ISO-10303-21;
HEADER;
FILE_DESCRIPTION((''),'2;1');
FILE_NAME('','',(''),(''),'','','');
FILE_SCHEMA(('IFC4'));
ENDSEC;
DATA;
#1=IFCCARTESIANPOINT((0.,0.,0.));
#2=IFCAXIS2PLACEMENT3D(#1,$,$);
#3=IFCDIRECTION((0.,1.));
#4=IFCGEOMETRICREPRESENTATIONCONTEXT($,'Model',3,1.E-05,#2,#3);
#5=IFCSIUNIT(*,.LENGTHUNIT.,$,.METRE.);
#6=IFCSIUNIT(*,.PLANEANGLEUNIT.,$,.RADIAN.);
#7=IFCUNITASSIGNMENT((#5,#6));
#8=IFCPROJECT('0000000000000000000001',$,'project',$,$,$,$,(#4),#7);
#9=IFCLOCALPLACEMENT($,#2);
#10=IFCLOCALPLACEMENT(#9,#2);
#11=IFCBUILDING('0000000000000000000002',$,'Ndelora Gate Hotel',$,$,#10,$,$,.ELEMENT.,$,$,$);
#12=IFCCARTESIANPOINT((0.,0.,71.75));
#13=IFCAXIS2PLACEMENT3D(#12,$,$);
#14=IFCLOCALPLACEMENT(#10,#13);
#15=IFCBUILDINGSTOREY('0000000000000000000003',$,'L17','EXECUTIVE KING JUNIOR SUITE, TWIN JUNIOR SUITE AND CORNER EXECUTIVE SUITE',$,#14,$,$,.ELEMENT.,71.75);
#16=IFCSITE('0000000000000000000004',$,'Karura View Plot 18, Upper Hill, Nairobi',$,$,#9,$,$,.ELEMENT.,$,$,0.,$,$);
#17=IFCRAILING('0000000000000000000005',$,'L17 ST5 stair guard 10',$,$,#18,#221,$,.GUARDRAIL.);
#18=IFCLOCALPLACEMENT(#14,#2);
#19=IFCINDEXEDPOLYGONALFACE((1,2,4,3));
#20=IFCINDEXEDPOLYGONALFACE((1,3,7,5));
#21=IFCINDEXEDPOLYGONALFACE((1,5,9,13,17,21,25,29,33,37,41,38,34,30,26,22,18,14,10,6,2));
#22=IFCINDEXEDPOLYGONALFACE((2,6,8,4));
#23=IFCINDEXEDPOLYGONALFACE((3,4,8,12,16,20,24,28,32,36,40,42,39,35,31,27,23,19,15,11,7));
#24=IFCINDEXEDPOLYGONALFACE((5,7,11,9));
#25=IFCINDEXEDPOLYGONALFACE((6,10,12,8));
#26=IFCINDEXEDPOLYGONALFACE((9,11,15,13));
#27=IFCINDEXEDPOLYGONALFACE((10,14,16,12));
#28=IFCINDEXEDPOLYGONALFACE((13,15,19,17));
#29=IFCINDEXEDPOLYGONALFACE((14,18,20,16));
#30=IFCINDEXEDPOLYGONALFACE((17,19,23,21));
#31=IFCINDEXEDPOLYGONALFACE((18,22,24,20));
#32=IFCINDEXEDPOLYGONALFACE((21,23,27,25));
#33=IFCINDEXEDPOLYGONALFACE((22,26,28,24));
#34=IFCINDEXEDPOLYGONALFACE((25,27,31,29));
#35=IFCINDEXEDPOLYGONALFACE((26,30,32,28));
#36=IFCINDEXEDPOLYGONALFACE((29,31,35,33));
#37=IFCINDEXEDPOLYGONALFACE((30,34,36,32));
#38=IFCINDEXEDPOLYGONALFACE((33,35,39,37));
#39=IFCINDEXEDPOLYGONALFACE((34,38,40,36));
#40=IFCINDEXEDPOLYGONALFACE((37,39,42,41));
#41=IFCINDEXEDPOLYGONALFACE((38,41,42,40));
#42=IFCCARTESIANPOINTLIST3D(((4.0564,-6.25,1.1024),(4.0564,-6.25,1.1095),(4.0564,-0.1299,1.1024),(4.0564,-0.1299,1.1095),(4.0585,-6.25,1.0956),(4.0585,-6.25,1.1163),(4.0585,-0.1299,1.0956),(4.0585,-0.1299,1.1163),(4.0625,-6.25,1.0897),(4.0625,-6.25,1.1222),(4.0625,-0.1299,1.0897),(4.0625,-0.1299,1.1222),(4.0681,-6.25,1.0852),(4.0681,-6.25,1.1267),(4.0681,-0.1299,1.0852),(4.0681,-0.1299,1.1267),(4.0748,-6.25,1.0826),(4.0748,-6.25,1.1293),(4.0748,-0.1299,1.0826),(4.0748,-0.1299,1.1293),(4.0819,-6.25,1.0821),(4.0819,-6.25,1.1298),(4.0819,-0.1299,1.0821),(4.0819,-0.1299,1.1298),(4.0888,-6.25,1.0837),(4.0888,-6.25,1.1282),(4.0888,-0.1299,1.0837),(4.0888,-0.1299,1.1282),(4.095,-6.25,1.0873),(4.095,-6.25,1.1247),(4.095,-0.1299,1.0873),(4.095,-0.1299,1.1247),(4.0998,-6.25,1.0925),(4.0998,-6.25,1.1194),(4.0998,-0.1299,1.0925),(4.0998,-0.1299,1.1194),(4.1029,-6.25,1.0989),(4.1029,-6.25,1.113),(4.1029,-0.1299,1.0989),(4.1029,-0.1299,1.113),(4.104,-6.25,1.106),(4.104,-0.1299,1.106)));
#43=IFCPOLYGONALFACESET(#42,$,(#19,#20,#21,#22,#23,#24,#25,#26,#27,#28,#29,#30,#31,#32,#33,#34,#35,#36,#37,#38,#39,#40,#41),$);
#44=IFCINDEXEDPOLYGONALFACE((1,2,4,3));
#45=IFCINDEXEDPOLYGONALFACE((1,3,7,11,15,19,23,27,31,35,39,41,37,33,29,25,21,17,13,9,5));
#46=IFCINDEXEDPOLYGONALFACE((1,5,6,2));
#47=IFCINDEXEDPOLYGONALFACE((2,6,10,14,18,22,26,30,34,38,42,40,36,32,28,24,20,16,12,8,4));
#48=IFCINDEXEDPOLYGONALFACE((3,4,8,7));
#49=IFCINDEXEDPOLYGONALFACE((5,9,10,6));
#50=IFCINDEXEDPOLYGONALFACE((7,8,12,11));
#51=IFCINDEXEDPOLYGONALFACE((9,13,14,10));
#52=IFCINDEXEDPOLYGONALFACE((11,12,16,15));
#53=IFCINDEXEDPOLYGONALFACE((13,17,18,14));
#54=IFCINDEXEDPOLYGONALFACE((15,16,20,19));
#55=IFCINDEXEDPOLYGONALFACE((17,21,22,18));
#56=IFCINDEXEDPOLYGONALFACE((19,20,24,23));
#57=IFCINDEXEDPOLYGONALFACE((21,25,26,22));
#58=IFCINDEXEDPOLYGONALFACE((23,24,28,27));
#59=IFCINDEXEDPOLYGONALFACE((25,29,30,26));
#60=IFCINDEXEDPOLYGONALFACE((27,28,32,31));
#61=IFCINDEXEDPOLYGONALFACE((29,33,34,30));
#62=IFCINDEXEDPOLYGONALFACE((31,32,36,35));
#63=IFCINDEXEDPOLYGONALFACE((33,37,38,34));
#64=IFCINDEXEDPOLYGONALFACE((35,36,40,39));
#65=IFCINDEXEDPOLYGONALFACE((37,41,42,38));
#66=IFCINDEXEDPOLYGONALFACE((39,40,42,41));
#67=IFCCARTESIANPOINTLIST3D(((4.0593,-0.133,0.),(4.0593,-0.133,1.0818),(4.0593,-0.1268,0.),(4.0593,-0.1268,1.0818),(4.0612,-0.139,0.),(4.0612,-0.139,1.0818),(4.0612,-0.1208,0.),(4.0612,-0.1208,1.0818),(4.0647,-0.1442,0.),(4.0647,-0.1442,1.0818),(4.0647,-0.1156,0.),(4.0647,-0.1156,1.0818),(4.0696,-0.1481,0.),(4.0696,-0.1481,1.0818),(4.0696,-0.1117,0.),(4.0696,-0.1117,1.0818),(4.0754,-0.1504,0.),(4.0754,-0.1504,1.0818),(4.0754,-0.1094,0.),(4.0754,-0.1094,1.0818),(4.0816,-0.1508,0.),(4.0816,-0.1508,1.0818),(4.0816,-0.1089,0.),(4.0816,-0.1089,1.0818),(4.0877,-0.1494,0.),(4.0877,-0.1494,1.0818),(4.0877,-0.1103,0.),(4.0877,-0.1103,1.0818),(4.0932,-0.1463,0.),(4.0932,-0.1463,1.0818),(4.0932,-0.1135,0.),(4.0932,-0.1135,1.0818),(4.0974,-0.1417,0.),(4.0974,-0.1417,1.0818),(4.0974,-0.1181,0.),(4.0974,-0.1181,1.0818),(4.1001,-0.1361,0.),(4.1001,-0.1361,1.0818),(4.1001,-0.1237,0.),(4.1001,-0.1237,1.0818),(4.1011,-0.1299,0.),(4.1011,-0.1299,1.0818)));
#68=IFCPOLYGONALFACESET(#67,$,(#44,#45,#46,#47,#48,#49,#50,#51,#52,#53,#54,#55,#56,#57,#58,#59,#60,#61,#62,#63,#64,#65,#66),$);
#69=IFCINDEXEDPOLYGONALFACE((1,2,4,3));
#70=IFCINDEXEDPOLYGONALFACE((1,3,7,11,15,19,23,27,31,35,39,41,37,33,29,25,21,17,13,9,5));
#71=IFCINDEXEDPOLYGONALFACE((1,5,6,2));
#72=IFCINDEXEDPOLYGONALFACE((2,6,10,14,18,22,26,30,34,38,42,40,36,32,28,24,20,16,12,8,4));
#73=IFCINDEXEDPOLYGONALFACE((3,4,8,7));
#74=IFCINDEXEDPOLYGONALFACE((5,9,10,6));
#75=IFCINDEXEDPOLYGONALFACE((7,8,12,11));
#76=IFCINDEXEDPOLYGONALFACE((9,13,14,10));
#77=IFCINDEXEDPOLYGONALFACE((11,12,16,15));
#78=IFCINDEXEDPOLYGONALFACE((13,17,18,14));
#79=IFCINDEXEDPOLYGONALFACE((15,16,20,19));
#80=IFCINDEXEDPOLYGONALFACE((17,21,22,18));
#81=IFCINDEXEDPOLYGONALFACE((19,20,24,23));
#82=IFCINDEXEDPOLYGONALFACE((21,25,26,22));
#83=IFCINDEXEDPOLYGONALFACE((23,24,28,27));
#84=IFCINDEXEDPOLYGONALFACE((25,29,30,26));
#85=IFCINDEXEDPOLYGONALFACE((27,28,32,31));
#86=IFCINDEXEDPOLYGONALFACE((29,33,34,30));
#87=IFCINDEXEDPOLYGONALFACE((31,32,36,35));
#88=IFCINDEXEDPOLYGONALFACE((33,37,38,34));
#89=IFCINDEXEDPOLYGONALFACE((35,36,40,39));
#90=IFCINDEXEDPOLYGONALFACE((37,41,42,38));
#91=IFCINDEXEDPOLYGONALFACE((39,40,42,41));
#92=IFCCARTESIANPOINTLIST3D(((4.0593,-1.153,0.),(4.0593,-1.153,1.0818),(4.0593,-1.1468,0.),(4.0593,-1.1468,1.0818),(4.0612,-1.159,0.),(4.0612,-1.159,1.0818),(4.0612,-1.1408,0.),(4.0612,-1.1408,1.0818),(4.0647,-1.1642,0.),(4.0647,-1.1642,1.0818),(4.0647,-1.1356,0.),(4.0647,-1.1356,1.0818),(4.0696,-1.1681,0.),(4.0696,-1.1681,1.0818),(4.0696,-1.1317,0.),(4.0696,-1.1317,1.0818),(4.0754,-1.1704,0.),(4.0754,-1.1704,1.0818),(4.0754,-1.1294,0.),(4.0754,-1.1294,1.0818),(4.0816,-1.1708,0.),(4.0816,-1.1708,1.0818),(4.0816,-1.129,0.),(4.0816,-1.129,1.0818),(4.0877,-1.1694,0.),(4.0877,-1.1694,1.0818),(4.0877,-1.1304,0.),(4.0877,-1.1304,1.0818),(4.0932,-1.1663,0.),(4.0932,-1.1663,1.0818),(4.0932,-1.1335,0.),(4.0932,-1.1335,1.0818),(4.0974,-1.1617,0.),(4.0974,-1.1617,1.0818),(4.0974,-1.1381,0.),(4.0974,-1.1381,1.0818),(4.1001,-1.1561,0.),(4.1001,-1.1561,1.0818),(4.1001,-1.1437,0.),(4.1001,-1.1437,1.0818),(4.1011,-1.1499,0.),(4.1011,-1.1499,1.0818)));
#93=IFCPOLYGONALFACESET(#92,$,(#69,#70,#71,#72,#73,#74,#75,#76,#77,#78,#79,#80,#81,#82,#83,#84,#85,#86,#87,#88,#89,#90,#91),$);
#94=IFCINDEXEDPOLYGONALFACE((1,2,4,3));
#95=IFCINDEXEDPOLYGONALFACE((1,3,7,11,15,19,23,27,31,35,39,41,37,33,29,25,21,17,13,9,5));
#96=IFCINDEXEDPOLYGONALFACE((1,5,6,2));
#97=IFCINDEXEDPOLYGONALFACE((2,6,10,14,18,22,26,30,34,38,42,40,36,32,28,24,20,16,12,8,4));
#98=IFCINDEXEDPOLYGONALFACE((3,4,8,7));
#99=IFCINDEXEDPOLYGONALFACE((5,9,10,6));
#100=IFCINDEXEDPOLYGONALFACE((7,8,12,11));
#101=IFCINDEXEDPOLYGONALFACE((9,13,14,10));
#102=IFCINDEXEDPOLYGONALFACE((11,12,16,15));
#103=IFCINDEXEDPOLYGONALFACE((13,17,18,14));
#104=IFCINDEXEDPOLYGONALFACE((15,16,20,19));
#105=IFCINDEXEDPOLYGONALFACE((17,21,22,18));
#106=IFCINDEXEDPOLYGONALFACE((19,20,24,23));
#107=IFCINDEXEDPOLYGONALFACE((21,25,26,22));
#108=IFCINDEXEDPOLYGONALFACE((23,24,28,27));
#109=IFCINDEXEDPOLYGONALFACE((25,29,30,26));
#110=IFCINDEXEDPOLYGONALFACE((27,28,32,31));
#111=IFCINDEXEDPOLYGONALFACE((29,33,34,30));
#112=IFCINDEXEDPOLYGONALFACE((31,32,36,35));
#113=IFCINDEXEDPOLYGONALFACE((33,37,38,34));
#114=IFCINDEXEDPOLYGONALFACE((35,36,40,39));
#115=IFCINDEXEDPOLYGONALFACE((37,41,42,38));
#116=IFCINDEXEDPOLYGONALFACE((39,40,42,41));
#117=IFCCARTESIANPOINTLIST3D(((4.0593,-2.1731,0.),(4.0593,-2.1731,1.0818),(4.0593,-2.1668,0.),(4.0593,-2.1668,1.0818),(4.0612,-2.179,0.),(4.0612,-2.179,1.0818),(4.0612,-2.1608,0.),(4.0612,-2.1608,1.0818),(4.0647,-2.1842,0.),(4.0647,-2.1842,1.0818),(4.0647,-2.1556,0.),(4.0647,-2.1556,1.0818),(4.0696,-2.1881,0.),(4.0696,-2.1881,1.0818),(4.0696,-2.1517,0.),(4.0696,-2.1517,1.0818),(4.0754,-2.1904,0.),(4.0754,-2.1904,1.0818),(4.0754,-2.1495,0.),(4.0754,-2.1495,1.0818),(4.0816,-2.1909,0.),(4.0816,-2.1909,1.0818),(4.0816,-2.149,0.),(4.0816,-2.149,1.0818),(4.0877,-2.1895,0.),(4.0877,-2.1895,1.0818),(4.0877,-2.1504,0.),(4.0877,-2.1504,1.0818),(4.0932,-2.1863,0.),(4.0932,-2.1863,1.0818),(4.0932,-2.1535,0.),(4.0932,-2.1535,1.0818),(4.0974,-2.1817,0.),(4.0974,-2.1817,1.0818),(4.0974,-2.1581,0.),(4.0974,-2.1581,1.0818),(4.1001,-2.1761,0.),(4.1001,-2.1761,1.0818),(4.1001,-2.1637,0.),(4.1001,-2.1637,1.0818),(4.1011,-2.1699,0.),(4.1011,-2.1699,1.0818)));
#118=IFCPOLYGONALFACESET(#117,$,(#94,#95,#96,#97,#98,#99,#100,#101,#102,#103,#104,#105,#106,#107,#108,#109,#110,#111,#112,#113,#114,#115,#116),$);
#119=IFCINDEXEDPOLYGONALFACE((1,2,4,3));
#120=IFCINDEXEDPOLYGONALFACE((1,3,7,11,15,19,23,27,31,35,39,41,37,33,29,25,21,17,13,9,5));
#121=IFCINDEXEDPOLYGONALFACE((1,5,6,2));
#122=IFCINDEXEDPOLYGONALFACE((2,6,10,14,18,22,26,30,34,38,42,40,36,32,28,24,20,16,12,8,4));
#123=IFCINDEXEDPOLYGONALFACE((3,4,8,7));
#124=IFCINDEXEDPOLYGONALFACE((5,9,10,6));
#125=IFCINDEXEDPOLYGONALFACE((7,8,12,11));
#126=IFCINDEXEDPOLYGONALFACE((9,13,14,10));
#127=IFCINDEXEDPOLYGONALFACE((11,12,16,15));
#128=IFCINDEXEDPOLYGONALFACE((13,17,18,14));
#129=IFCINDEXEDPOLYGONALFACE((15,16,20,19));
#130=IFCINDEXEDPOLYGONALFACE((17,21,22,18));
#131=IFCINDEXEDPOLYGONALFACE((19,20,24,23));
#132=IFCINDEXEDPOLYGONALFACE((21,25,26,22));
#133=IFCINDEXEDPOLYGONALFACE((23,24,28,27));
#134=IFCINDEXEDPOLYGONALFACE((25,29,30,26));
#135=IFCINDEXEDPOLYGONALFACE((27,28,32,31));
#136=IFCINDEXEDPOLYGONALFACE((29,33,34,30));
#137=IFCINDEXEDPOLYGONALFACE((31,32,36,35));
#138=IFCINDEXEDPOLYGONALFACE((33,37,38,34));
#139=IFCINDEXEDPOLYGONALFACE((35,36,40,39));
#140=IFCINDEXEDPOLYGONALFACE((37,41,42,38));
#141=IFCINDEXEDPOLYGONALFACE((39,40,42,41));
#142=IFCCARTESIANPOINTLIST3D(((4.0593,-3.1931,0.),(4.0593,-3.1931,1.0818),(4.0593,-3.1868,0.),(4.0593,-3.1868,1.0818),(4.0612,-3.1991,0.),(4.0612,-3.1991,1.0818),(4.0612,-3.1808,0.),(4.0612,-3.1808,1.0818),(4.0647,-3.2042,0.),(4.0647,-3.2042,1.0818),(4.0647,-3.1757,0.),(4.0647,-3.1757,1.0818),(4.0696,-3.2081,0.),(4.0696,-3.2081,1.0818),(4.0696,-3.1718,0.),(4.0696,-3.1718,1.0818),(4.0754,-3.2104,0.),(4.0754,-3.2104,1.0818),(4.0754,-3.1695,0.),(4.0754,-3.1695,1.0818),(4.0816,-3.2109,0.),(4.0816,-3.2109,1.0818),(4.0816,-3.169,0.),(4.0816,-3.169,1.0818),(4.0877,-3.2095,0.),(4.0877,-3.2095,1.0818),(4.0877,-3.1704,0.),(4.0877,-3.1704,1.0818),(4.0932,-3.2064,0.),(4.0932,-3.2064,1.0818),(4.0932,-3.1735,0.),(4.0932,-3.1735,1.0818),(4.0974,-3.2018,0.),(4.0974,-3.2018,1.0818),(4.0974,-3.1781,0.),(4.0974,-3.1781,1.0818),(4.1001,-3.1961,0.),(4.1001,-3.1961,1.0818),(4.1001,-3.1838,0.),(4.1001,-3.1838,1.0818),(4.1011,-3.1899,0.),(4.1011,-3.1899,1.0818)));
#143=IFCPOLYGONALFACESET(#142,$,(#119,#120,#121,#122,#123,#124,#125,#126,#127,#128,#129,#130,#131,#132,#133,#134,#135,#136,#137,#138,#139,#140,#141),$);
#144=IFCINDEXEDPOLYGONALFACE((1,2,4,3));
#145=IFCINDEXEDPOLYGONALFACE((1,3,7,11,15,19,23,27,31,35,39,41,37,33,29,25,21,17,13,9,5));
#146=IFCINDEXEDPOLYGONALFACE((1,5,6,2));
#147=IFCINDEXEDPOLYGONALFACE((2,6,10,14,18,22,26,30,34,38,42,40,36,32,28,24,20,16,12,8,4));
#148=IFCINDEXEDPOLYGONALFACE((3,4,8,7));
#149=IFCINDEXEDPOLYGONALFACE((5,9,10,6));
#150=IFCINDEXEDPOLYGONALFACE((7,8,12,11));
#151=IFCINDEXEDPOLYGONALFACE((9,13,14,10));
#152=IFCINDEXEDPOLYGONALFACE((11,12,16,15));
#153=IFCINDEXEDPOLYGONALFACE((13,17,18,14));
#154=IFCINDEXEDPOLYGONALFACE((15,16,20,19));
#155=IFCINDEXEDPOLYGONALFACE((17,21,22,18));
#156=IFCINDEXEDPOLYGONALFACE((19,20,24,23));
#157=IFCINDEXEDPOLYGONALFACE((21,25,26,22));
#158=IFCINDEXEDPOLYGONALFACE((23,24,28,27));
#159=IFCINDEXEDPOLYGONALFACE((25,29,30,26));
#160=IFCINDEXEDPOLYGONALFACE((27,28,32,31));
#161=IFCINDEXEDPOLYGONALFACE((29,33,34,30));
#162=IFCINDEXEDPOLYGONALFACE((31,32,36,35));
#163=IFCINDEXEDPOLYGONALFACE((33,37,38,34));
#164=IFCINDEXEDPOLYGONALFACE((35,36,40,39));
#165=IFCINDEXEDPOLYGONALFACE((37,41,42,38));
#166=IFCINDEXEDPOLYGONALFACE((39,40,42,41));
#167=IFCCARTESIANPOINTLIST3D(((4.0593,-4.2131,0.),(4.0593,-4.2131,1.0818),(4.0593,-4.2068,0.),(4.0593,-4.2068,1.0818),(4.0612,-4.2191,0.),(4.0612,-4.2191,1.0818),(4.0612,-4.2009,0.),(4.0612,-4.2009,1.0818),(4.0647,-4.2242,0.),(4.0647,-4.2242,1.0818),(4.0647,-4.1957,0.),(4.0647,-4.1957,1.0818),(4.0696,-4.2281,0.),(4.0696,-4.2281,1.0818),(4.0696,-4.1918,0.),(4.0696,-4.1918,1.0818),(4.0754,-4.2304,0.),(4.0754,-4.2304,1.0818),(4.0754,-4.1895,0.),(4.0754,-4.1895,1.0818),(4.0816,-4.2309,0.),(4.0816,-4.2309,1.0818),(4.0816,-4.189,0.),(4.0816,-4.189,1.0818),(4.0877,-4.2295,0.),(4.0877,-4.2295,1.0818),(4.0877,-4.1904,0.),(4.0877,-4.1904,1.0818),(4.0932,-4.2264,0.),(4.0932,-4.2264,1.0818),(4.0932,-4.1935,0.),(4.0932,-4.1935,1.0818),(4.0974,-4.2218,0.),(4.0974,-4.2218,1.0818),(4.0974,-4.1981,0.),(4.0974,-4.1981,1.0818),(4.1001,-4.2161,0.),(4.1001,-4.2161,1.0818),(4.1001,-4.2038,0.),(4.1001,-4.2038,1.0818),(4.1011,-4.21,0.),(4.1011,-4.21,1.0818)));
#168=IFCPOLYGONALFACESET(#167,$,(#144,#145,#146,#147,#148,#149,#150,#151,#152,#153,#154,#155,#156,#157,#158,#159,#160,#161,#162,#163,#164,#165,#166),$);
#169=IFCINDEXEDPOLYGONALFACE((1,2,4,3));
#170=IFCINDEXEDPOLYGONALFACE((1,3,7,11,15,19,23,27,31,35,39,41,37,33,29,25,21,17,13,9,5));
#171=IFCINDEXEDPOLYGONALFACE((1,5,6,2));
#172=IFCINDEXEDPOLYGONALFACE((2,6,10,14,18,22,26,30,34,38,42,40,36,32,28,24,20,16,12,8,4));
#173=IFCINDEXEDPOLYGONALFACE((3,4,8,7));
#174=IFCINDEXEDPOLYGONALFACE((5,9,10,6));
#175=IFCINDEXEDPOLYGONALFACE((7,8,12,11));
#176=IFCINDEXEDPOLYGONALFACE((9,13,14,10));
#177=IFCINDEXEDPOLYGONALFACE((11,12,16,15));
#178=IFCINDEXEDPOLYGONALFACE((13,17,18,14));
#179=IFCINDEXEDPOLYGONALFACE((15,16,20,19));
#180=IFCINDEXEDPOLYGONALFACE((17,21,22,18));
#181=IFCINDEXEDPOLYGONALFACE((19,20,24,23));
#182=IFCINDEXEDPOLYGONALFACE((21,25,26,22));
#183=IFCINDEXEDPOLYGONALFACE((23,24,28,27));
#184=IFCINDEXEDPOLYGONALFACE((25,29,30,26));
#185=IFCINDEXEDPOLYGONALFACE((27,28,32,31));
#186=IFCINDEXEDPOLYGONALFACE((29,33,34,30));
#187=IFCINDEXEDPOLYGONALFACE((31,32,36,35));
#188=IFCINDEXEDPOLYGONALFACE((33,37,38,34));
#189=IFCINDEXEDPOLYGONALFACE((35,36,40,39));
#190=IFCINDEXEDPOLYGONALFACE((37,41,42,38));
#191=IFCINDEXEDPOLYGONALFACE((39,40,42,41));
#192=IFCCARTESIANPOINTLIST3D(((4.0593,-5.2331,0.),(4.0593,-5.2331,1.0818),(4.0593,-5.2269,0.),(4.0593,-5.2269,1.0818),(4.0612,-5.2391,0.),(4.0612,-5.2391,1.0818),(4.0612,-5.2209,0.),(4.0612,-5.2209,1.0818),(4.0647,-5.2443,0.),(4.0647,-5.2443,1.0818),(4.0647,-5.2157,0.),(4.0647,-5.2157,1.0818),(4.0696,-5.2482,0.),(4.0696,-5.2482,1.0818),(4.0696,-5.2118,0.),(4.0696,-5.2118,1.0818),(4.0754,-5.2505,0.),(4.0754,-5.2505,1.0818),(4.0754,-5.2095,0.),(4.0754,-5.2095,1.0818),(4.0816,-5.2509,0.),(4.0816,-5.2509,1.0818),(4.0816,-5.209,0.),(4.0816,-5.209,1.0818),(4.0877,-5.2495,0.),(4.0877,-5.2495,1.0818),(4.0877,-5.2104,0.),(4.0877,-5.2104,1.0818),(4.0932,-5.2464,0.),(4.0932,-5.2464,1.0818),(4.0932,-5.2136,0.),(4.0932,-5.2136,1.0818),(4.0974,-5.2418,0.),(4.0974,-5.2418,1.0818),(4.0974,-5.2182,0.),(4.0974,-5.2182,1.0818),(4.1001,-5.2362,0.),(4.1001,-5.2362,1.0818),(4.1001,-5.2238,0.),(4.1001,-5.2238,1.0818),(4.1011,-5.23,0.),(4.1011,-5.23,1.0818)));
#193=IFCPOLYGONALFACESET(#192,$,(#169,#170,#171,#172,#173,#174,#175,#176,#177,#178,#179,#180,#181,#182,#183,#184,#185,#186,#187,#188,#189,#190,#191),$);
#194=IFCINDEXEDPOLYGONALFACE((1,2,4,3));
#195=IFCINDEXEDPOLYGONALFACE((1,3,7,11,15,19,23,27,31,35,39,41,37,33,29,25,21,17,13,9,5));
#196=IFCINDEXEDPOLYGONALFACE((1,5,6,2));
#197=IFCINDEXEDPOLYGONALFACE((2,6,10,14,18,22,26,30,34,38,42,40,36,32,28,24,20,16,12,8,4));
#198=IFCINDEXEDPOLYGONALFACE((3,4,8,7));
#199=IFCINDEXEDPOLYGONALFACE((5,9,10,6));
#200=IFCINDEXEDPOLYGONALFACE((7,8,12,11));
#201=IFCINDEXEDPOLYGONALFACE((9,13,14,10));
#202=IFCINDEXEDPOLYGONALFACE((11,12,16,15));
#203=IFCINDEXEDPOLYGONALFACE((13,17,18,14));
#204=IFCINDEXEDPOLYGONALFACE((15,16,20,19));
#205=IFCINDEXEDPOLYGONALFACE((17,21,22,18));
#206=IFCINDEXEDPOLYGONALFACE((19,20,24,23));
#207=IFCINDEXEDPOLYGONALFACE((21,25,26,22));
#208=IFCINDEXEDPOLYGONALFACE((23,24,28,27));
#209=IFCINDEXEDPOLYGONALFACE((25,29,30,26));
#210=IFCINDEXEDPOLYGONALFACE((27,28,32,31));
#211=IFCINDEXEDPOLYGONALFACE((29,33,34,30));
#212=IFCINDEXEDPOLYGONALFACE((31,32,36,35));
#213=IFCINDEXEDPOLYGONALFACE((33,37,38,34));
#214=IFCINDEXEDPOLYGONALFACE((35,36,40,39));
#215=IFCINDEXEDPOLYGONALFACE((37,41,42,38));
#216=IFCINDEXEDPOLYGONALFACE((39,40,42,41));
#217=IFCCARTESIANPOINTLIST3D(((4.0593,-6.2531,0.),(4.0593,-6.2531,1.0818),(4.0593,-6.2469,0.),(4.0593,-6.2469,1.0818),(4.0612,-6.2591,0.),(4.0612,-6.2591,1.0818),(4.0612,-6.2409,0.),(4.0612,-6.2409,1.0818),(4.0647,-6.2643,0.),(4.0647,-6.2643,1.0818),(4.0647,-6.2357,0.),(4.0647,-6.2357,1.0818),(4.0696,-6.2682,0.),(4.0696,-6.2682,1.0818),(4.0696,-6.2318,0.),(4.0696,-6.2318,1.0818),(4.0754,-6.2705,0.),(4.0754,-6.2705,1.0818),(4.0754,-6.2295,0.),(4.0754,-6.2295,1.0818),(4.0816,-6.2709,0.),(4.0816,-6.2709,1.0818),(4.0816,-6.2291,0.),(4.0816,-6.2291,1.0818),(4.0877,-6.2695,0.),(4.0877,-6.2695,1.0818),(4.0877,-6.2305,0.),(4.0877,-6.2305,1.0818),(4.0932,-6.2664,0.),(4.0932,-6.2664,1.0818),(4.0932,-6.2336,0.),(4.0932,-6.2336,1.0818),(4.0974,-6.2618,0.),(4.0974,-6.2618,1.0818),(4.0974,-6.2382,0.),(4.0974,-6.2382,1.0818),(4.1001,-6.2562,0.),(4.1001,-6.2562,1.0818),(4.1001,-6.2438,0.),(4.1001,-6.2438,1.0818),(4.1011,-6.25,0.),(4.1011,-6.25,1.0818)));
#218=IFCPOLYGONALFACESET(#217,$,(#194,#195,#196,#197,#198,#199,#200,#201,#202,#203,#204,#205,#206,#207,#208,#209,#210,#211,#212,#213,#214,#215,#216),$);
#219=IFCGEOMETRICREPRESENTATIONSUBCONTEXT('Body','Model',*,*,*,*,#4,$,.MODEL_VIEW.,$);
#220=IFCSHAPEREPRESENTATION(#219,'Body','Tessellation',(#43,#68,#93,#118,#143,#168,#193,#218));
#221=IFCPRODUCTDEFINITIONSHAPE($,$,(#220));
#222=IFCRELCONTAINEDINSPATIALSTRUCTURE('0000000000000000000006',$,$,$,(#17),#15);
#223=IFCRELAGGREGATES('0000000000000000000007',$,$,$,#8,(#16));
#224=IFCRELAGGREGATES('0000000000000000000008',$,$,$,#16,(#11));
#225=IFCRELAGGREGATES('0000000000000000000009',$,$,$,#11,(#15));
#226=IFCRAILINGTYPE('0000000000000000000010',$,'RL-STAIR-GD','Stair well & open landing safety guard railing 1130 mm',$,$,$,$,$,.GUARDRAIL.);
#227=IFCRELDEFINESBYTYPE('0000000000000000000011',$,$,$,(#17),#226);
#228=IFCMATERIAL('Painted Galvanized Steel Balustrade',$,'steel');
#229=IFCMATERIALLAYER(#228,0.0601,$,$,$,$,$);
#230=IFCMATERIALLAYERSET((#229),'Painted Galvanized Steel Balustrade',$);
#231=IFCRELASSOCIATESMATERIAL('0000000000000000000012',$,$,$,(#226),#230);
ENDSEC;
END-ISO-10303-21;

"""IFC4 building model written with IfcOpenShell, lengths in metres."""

from ifc_helpers import new_model, si_unit, direction, frame, origin, origin_2d, place, context, subcontext, project, spatial, circle, extrude, material, layer, layer_set, type_object, element, save


model = new_model("IFC4")

# Units and contexts
model_context = context("Model", 3, precision=1e-05, world=origin(), true_north=direction((0.0, 1.0)))
body_context = subcontext(model_context, "Body", "Model", "MODEL_VIEW")
ifc_project = project(units=[si_unit("LENGTHUNIT", "METRE"), si_unit("PLANEANGLEUNIT", "RADIAN")], contexts=[model_context])

# Site, building, storey
site_placement = place(None, origin())
site = spatial("IfcSite", under=ifc_project, at=site_placement, Name="Karura View Plot 18, Upper Hill, Nairobi", CompositionType="ELEMENT", RefElevation=0.0)
building_placement = place(site_placement, origin())
building = spatial("IfcBuilding", under=site, at=building_placement, Name="Ndelora Gate Hotel", CompositionType="ELEMENT")
storey_placement = place(building_placement, frame((0.0, 0.0, 71.75)))
storey = spatial("IfcBuildingStorey", under=building, at=storey_placement, Name="L17", Description="EXECUTIVE KING JUNIOR SUITE, TWIN JUNIOR SUITE AND CORNER EXECUTIVE SUITE", CompositionType="ELEMENT", Elevation=71.75)

# Railing
ifc_material_1 = material(Name="Painted Galvanized Steel Balustrade", Category="steel")
ifc_layer_1 = layer(ifc_material_1, 0.0601)
ifc_layer_set_1 = layer_set([ifc_layer_1], Name="Painted Galvanized Steel Balustrade")
railing_type_1 = type_object("IfcRailingType", Name="RL-STAIR-GD", Description="Stair well & open landing safety guard railing 1130 mm", PredefinedType="GUARDRAIL", material=ifc_layer_set_1)
railing_1_placement = place(storey_placement, frame((4.0801, -0.1299, 0.0)))
element("IfcRailing", 1, at=railing_1_placement, inside=storey, type_object=railing_type_1, Name="L17 ST5 stair guard 10", PredefinedType="GUARDRAIL", context=body_context, shape_type="SweptSolid", body=[
    extrude(circle(Radius=0.0239, at=origin_2d()), frame((0.0, 0.0, 1.106), z_axis=(0.0, -1.0, 0.0), x_axis=(1.0, 0.0, 0.0)), (0.0, 0.0, 1.0), 6.1201),
    extrude(circle(Radius=0.021, at=origin_2d()), origin(), (0.0, 0.0, 1.0), 1.0818),
    extrude(circle(Radius=0.021, at=origin_2d()), frame((0.0, -1.02, 0.0)), (0.0, 0.0, 1.0), 1.0818),
    extrude(circle(Radius=0.021, at=origin_2d()), frame((0.0, -2.04, 0.0)), (0.0, 0.0, 1.0), 1.0818),
    extrude(circle(Radius=0.021, at=origin_2d()), frame((0.0, -3.0601, 0.0)), (0.0, 0.0, 1.0), 1.0818),
    extrude(circle(Radius=0.021, at=origin_2d()), frame((0.0, -4.0801, 0.0)), (0.0, 0.0, 1.0), 1.0818),
    extrude(circle(Radius=0.021, at=origin_2d()), frame((0.0, -5.1001, 0.0)), (0.0, 0.0, 1.0), 1.0818),
    extrude(circle(Radius=0.021, at=origin_2d()), frame((0.0, -6.1201, 0.0)), (0.0, 0.0, 1.0), 1.0818),
])

save(model, "model.ifc")
